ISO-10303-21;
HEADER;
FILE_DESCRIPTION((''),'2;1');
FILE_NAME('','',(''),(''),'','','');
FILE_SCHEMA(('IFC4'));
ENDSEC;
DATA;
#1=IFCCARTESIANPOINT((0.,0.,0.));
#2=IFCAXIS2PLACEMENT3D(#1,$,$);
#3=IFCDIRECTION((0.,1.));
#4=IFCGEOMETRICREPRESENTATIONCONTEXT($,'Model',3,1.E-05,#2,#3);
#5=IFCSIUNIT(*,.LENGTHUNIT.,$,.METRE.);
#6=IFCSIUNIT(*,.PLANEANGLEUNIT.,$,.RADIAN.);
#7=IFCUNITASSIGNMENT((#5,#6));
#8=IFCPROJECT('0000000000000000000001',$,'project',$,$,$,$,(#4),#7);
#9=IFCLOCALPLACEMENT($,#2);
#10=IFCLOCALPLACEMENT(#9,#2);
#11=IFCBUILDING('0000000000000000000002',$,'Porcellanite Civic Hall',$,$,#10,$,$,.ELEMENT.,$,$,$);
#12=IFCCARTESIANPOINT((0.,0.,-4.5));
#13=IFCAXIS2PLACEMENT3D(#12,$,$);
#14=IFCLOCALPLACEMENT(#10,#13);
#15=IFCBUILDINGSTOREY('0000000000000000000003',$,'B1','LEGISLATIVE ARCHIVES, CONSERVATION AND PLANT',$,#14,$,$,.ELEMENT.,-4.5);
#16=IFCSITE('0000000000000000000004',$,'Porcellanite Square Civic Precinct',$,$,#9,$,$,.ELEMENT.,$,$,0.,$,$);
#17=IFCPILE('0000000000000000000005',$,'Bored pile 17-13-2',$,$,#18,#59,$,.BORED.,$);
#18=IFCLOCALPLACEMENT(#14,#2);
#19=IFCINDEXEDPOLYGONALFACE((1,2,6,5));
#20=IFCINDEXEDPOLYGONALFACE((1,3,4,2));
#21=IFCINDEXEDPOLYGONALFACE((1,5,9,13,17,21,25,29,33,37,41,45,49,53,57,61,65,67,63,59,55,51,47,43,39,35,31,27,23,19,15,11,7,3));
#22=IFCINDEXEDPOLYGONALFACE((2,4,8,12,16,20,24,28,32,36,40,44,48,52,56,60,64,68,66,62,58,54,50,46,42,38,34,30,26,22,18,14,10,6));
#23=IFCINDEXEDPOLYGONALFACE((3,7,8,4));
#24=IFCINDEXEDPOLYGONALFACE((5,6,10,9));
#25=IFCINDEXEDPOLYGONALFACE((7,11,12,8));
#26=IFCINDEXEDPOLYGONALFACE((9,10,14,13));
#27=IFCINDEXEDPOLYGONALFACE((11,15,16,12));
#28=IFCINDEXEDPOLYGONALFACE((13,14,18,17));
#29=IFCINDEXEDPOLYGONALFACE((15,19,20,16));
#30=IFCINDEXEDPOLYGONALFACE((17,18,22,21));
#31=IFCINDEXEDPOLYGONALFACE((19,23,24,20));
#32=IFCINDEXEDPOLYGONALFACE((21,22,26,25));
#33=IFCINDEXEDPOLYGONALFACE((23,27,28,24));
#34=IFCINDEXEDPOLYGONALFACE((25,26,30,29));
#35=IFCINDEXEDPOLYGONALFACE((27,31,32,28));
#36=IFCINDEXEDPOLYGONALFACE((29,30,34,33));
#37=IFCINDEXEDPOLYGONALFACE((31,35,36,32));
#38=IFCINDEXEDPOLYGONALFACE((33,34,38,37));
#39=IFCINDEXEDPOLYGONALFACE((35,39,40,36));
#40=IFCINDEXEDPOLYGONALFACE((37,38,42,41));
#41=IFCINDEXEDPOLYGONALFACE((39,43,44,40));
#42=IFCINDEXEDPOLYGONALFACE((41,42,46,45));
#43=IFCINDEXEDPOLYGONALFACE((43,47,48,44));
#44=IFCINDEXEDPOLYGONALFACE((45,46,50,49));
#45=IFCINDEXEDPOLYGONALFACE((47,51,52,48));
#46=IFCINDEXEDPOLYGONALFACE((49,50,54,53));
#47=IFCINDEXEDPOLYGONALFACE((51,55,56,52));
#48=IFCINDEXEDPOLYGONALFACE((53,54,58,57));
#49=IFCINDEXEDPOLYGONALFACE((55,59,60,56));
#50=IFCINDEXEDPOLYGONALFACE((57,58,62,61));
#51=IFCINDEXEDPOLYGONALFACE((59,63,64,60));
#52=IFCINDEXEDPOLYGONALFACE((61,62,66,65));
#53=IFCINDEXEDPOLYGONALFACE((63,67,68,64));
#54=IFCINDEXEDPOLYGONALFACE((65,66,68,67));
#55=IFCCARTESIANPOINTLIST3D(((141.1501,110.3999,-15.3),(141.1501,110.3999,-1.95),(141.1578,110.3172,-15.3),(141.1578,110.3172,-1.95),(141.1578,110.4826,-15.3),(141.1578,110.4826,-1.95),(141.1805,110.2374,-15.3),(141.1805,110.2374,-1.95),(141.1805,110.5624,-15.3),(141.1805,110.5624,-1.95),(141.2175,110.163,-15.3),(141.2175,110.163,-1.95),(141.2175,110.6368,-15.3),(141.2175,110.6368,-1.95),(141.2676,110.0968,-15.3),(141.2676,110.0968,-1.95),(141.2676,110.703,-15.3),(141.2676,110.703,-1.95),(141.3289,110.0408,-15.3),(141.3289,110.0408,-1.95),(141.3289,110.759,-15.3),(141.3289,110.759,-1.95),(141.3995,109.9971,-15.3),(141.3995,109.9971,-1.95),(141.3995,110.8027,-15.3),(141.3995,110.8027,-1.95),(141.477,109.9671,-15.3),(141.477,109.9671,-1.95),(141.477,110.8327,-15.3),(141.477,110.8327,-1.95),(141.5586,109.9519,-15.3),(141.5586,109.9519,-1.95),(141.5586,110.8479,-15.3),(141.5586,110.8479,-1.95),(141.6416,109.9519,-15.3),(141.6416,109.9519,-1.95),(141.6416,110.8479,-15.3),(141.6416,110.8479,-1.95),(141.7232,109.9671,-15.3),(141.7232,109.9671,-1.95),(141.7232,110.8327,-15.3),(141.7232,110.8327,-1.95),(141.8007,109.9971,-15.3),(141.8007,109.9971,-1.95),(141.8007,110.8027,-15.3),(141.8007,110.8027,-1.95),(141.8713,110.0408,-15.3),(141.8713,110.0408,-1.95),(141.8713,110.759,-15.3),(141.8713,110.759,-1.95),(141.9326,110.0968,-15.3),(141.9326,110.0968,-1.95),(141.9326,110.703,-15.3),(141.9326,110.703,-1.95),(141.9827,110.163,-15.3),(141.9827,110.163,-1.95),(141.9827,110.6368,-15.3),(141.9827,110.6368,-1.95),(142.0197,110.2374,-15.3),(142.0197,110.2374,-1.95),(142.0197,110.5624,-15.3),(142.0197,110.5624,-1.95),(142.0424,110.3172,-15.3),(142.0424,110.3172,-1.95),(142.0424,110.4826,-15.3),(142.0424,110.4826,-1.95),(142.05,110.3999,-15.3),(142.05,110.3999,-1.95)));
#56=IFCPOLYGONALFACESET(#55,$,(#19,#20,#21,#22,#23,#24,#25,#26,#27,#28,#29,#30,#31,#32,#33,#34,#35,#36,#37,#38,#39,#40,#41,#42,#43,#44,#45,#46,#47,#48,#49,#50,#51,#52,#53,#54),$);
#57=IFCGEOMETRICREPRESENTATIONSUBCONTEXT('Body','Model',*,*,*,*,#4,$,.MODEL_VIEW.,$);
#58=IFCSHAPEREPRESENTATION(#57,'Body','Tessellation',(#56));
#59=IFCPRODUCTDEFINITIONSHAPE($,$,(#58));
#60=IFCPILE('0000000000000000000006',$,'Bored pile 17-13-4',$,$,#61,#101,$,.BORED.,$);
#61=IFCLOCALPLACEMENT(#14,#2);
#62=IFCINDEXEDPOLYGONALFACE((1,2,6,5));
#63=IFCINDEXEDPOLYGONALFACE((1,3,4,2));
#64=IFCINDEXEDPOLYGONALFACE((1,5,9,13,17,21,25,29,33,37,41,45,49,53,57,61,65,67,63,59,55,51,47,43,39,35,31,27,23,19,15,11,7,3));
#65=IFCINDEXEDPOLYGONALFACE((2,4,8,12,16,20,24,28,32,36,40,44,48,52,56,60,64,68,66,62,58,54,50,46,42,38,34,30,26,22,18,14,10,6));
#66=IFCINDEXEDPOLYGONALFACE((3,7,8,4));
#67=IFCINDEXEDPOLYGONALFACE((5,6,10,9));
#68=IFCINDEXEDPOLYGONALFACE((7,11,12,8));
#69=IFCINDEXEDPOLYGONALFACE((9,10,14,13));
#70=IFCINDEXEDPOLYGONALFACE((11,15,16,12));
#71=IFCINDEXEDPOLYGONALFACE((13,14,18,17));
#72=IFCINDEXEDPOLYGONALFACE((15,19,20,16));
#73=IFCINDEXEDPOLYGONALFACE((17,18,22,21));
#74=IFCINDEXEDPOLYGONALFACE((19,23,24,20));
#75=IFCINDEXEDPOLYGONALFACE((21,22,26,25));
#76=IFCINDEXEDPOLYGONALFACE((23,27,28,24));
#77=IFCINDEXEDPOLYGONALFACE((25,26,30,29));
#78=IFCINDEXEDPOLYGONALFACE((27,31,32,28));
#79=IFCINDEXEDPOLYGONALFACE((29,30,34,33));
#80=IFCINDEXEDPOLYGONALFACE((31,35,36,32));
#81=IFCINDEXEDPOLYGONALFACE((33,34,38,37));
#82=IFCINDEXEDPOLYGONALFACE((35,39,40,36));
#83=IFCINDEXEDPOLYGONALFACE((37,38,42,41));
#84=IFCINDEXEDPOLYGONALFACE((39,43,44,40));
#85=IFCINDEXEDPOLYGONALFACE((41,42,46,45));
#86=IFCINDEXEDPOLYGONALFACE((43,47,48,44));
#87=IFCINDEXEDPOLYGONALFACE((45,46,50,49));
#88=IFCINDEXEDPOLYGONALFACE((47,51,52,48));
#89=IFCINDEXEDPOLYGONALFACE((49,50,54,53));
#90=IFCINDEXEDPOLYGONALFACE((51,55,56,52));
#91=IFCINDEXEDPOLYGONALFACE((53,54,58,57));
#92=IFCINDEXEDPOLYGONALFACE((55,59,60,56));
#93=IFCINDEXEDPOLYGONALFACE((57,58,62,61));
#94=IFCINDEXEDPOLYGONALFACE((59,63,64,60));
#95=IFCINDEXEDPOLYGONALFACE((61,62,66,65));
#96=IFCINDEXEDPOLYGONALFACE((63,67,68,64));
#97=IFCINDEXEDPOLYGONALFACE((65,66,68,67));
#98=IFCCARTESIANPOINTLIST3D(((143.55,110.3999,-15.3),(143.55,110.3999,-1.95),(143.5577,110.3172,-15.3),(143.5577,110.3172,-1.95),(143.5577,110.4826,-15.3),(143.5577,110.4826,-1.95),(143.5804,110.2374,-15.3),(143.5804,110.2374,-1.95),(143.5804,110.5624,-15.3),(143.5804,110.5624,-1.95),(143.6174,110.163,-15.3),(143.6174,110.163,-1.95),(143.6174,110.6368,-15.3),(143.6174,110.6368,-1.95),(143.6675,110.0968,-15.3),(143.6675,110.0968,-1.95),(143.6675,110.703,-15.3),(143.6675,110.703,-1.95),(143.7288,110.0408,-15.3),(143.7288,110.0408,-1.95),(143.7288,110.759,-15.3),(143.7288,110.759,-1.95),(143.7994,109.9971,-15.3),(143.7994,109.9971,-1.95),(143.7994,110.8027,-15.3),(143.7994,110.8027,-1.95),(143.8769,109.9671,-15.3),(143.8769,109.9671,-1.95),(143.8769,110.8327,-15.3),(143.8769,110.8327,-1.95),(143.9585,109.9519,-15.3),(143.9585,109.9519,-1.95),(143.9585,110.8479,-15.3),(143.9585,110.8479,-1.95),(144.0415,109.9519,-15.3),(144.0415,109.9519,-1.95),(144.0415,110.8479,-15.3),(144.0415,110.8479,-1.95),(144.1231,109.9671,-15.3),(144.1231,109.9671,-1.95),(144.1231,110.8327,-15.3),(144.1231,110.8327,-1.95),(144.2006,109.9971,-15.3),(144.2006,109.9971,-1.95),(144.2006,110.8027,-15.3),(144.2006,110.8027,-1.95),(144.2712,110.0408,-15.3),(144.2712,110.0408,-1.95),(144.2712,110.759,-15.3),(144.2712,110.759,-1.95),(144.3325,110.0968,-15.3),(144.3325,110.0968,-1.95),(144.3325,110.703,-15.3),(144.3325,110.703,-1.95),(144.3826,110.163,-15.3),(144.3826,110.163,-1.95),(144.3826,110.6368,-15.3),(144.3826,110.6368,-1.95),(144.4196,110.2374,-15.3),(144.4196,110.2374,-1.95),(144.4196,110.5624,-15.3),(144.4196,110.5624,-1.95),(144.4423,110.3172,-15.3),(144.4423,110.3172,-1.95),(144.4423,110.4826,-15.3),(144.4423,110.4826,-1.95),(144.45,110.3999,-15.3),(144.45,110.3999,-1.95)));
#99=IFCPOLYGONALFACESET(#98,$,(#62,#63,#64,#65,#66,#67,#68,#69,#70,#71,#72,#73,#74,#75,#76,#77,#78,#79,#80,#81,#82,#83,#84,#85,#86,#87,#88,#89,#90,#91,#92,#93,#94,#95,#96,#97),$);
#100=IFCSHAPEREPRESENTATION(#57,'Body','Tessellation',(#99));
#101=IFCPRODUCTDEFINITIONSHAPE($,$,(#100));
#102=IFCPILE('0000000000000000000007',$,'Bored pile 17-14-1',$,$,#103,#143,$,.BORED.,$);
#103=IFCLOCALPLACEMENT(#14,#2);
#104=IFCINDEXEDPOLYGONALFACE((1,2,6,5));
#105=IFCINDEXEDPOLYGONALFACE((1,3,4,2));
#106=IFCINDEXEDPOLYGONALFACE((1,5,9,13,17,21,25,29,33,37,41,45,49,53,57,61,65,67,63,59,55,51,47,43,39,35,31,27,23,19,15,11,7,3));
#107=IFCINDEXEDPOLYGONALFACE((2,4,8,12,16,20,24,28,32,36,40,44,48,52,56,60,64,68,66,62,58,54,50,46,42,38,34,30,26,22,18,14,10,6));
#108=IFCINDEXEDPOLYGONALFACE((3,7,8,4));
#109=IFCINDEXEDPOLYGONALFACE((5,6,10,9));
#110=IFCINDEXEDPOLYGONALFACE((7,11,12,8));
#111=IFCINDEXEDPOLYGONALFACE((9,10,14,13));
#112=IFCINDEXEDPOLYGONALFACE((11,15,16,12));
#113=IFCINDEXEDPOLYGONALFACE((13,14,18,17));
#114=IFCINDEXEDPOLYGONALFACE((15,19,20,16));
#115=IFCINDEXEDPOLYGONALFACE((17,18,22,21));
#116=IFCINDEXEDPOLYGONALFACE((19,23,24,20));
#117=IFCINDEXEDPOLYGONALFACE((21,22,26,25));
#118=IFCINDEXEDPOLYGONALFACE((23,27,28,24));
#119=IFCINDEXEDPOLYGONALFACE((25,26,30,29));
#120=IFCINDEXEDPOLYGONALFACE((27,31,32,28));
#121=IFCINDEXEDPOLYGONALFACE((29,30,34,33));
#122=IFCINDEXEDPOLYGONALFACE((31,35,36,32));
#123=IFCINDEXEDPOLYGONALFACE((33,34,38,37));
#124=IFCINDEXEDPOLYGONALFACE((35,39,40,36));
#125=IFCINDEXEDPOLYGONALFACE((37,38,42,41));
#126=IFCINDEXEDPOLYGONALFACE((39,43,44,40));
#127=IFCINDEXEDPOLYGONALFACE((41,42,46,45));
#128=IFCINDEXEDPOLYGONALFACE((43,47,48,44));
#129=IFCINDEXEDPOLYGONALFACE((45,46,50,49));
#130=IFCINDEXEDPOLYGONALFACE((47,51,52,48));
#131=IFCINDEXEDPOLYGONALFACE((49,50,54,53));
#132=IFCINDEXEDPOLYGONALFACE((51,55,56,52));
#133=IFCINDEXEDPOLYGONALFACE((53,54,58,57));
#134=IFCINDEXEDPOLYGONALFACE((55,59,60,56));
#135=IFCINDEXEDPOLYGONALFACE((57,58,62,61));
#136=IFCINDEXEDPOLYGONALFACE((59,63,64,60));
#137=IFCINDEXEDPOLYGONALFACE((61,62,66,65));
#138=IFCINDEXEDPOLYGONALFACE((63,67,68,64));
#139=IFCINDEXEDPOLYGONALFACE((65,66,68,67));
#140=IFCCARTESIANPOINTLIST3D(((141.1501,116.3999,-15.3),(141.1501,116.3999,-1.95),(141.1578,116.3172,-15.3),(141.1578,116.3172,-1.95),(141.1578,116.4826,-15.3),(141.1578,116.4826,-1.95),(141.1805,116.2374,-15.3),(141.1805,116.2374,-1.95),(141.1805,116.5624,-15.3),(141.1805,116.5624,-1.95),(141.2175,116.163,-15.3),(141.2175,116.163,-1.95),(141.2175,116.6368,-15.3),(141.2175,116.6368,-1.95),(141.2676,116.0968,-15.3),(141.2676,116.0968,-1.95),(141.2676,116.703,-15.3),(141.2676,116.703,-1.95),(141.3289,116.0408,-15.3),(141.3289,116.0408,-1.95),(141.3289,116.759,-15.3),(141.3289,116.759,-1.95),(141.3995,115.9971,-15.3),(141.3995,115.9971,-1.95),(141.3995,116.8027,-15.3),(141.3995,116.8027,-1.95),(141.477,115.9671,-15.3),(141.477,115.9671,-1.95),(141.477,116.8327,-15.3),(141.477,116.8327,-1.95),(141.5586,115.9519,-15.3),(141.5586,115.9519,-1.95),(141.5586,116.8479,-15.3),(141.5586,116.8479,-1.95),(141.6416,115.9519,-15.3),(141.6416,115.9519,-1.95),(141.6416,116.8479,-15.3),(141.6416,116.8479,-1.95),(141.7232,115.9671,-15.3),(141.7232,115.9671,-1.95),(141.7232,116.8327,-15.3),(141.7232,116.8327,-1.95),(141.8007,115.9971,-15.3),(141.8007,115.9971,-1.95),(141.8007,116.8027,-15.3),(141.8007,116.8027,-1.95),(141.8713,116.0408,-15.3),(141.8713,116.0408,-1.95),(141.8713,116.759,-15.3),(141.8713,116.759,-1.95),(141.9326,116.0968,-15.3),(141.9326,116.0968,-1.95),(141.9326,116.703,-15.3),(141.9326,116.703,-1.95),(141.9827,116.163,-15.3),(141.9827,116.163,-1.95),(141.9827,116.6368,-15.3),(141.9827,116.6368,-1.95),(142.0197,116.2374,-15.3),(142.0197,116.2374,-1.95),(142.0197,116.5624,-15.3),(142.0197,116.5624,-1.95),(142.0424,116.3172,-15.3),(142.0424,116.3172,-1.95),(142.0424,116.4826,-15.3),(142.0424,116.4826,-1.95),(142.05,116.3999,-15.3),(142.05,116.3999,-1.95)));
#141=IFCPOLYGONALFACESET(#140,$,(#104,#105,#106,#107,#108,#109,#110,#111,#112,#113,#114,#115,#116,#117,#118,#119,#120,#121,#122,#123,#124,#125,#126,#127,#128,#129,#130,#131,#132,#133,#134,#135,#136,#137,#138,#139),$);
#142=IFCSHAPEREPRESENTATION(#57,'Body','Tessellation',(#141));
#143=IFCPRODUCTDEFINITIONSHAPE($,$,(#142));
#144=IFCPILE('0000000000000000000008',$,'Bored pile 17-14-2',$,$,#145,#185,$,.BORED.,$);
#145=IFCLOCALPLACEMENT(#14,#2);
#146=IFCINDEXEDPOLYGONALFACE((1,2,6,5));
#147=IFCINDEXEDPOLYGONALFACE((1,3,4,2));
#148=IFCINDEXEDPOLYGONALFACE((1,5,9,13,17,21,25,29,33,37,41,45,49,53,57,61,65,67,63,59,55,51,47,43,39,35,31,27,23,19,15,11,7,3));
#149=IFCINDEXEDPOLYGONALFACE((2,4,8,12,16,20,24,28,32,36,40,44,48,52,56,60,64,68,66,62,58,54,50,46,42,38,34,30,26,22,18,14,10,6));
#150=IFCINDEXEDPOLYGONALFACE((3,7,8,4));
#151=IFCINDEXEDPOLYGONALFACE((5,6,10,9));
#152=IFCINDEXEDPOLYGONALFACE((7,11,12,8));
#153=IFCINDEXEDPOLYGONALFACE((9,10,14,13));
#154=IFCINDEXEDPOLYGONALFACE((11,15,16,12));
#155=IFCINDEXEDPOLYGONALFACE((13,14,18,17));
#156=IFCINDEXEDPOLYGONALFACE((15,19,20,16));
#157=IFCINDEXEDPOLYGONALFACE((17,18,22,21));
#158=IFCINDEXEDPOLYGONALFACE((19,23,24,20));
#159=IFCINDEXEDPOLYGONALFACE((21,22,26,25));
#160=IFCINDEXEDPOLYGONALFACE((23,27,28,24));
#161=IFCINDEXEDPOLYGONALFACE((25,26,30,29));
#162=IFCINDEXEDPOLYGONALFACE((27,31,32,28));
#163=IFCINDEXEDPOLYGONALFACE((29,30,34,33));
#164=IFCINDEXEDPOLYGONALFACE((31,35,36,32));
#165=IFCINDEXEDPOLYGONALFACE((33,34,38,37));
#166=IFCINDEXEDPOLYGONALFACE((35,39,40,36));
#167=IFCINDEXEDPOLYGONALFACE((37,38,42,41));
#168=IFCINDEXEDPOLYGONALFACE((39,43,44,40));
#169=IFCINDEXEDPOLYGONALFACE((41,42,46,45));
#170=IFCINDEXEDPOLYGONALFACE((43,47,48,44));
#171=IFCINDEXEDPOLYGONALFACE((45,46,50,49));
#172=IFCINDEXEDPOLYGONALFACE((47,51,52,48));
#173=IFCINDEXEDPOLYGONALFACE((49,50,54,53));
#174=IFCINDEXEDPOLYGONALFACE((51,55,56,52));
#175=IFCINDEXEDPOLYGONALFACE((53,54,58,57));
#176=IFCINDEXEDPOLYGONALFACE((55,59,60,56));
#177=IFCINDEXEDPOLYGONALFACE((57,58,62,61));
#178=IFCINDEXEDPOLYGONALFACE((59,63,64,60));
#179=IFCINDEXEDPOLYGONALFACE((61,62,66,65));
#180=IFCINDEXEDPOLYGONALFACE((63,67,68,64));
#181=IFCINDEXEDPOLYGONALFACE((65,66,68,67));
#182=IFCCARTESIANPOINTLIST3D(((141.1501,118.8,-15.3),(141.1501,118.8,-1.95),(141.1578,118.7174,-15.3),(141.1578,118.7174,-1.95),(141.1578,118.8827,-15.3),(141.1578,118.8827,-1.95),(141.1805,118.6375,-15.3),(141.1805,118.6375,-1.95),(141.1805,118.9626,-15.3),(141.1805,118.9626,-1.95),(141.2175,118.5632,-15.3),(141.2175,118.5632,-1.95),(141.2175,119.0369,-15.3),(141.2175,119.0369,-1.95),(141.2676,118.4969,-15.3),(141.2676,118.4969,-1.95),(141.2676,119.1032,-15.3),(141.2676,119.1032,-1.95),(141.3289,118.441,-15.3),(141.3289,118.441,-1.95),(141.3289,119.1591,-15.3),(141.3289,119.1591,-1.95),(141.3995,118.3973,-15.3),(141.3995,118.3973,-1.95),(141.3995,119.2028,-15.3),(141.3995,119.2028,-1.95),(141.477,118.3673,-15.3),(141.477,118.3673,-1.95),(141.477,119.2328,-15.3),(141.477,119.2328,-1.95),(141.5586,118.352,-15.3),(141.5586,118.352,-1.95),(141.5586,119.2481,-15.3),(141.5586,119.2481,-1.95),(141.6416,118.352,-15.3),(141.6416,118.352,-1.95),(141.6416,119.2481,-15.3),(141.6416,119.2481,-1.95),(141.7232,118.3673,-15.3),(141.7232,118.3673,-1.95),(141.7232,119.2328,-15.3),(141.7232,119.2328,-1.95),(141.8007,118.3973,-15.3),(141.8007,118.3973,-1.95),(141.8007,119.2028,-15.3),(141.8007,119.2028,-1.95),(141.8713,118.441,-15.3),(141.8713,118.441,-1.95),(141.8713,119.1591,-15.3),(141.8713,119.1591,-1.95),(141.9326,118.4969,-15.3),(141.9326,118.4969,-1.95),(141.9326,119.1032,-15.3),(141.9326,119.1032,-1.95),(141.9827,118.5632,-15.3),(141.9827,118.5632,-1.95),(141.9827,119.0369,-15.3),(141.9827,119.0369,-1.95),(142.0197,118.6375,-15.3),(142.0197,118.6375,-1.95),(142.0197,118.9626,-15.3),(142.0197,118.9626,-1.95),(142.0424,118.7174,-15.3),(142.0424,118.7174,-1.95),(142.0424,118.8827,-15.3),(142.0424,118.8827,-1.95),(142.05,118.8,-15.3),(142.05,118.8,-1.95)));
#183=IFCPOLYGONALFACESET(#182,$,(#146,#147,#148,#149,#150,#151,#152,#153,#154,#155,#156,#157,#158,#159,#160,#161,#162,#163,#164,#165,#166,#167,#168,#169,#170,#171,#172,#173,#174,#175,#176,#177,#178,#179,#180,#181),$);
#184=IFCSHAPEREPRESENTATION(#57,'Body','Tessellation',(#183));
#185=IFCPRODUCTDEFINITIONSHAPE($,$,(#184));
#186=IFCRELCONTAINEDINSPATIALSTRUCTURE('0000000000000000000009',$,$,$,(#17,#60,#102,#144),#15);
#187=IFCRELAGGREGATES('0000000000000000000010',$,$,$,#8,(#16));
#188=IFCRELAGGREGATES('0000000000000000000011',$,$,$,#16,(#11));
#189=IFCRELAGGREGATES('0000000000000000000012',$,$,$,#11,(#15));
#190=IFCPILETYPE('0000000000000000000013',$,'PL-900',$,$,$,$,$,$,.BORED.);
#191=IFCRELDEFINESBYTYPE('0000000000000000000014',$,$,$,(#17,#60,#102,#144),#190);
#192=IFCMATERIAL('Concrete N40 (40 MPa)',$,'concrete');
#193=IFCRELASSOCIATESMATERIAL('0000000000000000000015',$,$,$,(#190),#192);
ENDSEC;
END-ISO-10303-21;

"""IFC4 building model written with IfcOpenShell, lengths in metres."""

from ifc_helpers import new_model, si_unit, direction, frame, origin, origin_2d, place, context, subcontext, project, spatial, circle, extrude, material, material_profile, profile_set, type_object, element, save


model = new_model("IFC4")

# Units and contexts
model_context = context("Model", 3, precision=1e-05, world=origin(), true_north=direction((0.0, 1.0)))
body_context = subcontext(model_context, "Body", "Model", "MODEL_VIEW")
ifc_project = project(units=[si_unit("LENGTHUNIT", "METRE"), si_unit("PLANEANGLEUNIT", "RADIAN")], contexts=[model_context])

# Site, building, storey
site_placement = place(None, origin())
site = spatial("IfcSite", under=ifc_project, at=site_placement, Name="Porcellanite Square Civic Precinct", CompositionType="ELEMENT", RefElevation=0.0)
building_placement = place(site_placement, origin())
building = spatial("IfcBuilding", under=site, at=building_placement, Name="Porcellanite Civic Hall", CompositionType="ELEMENT")
storey_placement = place(building_placement, frame((0.0, 0.0, -4.5)))
storey = spatial("IfcBuildingStorey", under=building, at=storey_placement, Name="B1", Description="LEGISLATIVE ARCHIVES, CONSERVATION AND PLANT", CompositionType="ELEMENT", Elevation=-4.5)

# Piles
ifc_material_1 = material(Name="Concrete N40 (40 MPa)", Category="concrete")
ifc_material_profile_1 = material_profile(ifc_material_1, circle(Radius=0.45, at=origin_2d()), Name="PILE-D900")
ifc_profile_set_1 = profile_set([ifc_material_profile_1], Name="Concrete N40 (40 MPa)")
pile_type = type_object("IfcPileType", Name="PL-900", PredefinedType="BORED", material=ifc_profile_set_1)
for number, where, z_axis, x_axis, name in (
    (1, (141.6001, 110.3999, -1.95), (0.0, 0.0, -1.0), (1.0, 0.0, 0.0), "Bored pile 17-13-2"),
    (2, (144.0, 110.3999, -1.95), (0.0, 0.0, -1.0), (1.0, 0.0, 0.0), "Bored pile 17-13-4"),
    (3, (141.6001, 116.3999, -1.95), (0.0, 0.0, -1.0), (1.0, 0.0, 0.0), "Bored pile 17-14-1"),
    (4, (141.6001, 118.8, -1.95), (0.0, 0.0, -1.0), (1.0, 0.0, 0.0), "Bored pile 17-14-2"),
):
    element("IfcPile", number, at=place(storey_placement, frame(where, z_axis=z_axis, x_axis=x_axis)), inside=storey, type_object=pile_type, Name=name, PredefinedType="BORED", context=body_context, shape_type="SweptSolid", body=[
        extrude(circle(Radius=0.45, at=origin_2d()), origin(), (0.0, 0.0, 1.0), 13.3501),
    ])

save(model, "model.ifc")
